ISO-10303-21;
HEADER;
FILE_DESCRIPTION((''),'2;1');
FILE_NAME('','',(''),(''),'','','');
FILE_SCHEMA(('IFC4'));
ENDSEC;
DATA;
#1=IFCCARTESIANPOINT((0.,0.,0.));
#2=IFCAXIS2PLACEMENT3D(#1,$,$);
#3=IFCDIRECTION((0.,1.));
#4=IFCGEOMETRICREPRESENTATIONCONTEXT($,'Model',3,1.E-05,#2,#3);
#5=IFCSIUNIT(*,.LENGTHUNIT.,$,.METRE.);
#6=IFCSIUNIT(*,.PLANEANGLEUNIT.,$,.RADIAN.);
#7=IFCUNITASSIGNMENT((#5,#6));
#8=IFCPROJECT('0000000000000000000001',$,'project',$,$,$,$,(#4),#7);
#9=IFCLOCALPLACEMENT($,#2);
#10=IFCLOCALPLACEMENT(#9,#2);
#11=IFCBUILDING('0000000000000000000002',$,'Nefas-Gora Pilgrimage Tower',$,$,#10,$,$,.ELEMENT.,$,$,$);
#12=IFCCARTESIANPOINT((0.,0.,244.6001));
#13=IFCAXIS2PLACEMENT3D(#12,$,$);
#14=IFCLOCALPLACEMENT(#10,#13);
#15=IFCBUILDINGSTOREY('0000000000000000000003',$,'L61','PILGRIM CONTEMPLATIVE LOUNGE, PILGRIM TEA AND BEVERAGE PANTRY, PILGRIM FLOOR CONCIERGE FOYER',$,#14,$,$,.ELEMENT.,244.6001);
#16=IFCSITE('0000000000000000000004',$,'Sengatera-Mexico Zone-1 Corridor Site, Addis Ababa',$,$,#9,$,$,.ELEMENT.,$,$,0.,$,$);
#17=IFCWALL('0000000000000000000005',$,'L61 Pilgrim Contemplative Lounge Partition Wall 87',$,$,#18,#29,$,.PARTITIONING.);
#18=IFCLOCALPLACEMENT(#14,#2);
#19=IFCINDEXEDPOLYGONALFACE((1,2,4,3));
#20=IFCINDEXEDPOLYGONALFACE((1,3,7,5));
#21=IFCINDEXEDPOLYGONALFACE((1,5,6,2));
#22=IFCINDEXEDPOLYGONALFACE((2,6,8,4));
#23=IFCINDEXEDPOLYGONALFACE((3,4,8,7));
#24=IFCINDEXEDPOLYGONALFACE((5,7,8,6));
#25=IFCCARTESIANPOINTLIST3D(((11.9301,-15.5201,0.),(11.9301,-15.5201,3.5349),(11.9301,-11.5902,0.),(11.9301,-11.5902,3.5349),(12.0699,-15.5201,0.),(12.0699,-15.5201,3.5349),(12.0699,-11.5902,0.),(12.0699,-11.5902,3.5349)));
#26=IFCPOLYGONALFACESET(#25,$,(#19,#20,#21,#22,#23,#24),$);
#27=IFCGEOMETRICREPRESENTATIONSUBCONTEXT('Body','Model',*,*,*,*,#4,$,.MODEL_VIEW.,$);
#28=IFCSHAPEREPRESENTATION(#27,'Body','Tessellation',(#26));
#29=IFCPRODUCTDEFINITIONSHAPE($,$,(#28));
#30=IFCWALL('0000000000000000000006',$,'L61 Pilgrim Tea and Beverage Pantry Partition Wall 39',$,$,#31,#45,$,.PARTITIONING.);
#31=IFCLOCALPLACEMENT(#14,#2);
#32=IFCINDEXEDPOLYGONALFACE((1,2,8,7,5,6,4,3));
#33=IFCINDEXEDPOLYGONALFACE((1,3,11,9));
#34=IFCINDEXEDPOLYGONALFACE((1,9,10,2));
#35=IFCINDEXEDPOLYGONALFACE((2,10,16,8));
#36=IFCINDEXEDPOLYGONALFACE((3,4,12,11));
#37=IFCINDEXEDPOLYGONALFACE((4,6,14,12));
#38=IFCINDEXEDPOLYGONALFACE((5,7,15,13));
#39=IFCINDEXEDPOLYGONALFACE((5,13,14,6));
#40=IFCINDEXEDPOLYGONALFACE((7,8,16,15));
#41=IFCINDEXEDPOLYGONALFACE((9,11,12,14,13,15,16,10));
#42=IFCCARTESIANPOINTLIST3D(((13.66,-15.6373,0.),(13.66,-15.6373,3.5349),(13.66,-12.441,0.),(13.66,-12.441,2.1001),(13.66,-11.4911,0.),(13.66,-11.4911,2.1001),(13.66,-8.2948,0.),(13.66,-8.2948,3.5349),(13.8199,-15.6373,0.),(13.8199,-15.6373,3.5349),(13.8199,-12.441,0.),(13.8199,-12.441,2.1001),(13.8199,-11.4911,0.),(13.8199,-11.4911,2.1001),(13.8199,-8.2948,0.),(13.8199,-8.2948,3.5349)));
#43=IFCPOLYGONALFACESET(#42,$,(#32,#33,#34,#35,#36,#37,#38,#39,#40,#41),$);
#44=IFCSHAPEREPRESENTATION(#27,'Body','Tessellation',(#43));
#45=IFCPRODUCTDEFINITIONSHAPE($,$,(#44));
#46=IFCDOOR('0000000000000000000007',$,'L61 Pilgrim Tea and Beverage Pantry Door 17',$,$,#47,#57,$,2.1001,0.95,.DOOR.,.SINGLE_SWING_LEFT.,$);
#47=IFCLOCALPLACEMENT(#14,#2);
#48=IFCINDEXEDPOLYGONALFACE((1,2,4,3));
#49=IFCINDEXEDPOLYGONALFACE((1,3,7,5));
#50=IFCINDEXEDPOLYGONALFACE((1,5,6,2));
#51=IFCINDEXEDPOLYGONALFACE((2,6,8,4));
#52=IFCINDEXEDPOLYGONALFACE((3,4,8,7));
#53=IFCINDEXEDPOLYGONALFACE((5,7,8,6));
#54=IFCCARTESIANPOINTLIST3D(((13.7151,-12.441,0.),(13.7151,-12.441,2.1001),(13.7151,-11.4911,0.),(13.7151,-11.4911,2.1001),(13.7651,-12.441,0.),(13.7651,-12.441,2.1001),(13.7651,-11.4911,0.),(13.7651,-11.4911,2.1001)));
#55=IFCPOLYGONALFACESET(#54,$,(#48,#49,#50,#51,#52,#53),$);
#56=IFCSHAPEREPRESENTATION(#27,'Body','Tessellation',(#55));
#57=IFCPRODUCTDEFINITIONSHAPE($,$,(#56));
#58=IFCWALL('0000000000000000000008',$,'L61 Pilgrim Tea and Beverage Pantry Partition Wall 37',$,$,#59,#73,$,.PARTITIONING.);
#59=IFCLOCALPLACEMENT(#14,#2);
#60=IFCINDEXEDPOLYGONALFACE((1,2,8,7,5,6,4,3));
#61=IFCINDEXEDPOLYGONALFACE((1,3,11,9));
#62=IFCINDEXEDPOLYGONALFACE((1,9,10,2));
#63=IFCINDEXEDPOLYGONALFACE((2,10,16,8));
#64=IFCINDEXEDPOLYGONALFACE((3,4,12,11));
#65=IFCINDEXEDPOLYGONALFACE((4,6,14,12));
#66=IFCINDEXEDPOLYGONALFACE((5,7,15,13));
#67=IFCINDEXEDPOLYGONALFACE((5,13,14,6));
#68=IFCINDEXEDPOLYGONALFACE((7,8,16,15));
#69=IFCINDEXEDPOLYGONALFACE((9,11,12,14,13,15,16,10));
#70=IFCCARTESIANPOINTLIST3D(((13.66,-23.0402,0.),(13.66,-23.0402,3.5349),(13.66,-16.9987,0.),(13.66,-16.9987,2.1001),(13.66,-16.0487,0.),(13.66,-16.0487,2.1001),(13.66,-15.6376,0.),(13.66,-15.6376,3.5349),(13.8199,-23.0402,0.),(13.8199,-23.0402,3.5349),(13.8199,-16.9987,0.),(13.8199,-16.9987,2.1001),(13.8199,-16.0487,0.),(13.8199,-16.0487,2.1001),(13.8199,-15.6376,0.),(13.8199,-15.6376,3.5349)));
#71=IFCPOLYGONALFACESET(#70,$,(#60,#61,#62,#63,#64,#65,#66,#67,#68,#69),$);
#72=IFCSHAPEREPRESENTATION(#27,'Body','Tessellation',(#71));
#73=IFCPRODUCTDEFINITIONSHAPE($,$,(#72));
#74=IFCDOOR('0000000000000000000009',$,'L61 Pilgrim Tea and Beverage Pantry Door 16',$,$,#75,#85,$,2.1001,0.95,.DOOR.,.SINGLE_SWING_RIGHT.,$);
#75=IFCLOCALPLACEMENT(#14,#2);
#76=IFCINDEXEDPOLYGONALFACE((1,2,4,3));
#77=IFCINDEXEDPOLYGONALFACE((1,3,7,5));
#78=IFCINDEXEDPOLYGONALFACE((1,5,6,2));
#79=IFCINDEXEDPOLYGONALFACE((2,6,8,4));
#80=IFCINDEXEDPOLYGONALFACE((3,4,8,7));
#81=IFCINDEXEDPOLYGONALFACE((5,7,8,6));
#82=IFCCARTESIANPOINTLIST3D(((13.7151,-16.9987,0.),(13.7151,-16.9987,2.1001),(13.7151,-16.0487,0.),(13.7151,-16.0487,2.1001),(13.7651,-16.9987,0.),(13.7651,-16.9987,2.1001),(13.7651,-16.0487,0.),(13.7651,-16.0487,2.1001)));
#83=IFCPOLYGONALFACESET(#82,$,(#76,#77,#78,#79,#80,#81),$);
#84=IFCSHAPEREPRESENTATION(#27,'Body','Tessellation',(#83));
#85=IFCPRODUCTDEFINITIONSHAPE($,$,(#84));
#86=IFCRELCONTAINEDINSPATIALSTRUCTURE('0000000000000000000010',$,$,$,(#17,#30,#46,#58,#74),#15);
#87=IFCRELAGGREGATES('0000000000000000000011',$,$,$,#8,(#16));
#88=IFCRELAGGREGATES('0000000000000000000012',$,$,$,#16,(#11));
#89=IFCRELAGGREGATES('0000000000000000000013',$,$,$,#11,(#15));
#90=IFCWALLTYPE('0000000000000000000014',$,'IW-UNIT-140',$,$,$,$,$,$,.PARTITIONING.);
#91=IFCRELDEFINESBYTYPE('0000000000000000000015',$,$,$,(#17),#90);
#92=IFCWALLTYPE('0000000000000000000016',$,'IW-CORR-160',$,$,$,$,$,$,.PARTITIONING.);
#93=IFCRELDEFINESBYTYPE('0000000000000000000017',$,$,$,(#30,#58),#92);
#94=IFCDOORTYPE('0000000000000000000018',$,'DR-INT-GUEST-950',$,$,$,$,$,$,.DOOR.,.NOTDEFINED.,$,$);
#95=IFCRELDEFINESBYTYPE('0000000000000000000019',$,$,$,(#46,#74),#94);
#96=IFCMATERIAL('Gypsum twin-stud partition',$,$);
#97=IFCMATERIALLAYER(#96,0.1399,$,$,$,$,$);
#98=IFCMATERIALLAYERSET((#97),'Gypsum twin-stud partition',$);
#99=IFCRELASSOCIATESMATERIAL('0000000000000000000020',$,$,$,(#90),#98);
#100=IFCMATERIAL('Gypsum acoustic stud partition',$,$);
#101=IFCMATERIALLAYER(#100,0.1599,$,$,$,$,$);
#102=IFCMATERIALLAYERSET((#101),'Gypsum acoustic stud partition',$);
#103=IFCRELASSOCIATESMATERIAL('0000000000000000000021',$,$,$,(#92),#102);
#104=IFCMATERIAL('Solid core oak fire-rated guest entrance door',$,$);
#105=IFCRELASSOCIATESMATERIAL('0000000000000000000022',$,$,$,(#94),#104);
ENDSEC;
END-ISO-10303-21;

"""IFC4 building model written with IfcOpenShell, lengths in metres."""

from ifc_helpers import new_model, si_unit, direction, frame, frame_2d, origin, place, context, subcontext, project, spatial, rectangle, extrude, source, transform, mapped, material, layer, layer_set, type_object, element, fill, save


model = new_model("IFC4")

# Units and contexts
model_context = context("Model", 3, precision=1e-05, world=origin(), true_north=direction((0.0, 1.0)))
body_context = subcontext(model_context, "Body", "Model", "MODEL_VIEW")
ifc_project = project(units=[si_unit("LENGTHUNIT", "METRE"), si_unit("PLANEANGLEUNIT", "RADIAN")], contexts=[model_context])

# Site, building, storey
site_placement = place(None, origin())
site = spatial("IfcSite", under=ifc_project, at=site_placement, Name="Sengatera-Mexico Zone-1 Corridor Site, Addis Ababa", CompositionType="ELEMENT", RefElevation=0.0)
building_placement = place(site_placement, origin())
building = spatial("IfcBuilding", under=site, at=building_placement, Name="Nefas-Gora Pilgrimage Tower", CompositionType="ELEMENT")
storey_placement = place(building_placement, frame((0.0, 0.0, 244.6001)))
storey = spatial("IfcBuildingStorey", under=building, at=storey_placement, Name="L61", Description="PILGRIM CONTEMPLATIVE LOUNGE, PILGRIM TEA AND BEVERAGE PANTRY, PILGRIM FLOOR CONCIERGE FOYER", CompositionType="ELEMENT", Elevation=244.6001)

# Wall
ifc_material_1 = material(Name="Gypsum twin-stud partition")
ifc_layer_1 = layer(ifc_material_1, 0.1399)
ifc_layer_set_1 = layer_set([ifc_layer_1], Name="Gypsum twin-stud partition")
wall_type_1 = type_object("IfcWallType", Name="IW-UNIT-140", PredefinedType="PARTITIONING", material=ifc_layer_set_1)
shared_shape_1 = source(origin(), body_context, "Body", "SweptSolid", [
    extrude(rectangle(XDim=3.9299, YDim=0.1399, at=frame_2d((1.9648, 0.0))), origin(), (0.0, 0.0, 1.0), 3.5349),
])
wall_1_placement = place(storey_placement, frame((12.0, -15.52, 0.0), z_axis=(0.0, 0.0, 1.0), x_axis=(0.0, 1.0, 0.0)))
element("IfcWall", 1, at=wall_1_placement, inside=storey, type_object=wall_type_1, Name="L61 Pilgrim Contemplative Lounge Partition Wall 87", PredefinedType="PARTITIONING", context=body_context, shape_type="MappedRepresentation", body=[
    mapped(shared_shape_1, transform((0.0, 0.0, 0.0), x_axis=(1.0, 0.0, 0.0), y_axis=(0.0, 1.0, 0.0), z_axis=(0.0, 0.0, 1.0), scale=1.0)),
])

# Walls, openings, doors
ifc_material_2 = material(Name="Gypsum acoustic stud partition")
ifc_layer_2 = layer(ifc_material_2, 0.1599)
ifc_layer_set_2 = layer_set([ifc_layer_2], Name="Gypsum acoustic stud partition")
wall_type_2 = type_object("IfcWallType", Name="IW-CORR-160", PredefinedType="PARTITIONING", material=ifc_layer_set_2)
shared_shape_2 = source(origin(), body_context, "Body", "SweptSolid", [
    extrude(rectangle(XDim=7.3425, YDim=0.1599, at=frame_2d((3.6714, 0.0))), origin(), (0.0, 0.0, 1.0), 3.5349),
])
wall_2_placement = place(storey_placement, frame((13.74, -15.6375, 0.0), z_axis=(0.0, 0.0, 1.0), x_axis=(0.0, 1.0, 0.0)))
wall_2 = element("IfcWall", 2, at=wall_2_placement, inside=storey, type_object=wall_type_2, Name="L61 Pilgrim Tea and Beverage Pantry Partition Wall 39", PredefinedType="PARTITIONING", context=body_context, shape_type="MappedRepresentation", body=[
    mapped(shared_shape_2, transform((0.0, 0.0, 0.0), x_axis=(1.0, 0.0, 0.0), y_axis=(0.0, 1.0, 0.0), z_axis=(0.0, 0.0, 1.0), scale=1.0)),
])
opening_1_placement = place(wall_2_placement, frame((3.1963, 0.0, 0.0)))
opening_1 = element("IfcOpeningElement", 3, at=opening_1_placement, cuts=wall_2, PredefinedType="OPENING", context=body_context, shape_type="SweptSolid", body=[
    extrude(rectangle(XDim=0.95, YDim=2.1001, at=frame_2d((0.4751, 1.05))), frame((0.0, 0.0898, 0.0), z_axis=(0.0, -1.0, 0.0), x_axis=(1.0, 0.0, 0.0)), (0.0, 0.0, 1.0), 0.1799),
])
ifc_material_3 = material(Name="Solid core oak fire-rated guest entrance door")
door_type = type_object("IfcDoorType", Name="DR-INT-GUEST-950", OperationType="NOTDEFINED", PredefinedType="DOOR", material=ifc_material_3)
shared_shape_3 = source(origin(), body_context, "Body", "SweptSolid", [
    extrude(rectangle(XDim=0.95, YDim=2.1001, at=frame_2d((0.4751, 1.05))), frame((0.0, 0.0249, 0.0), z_axis=(0.0, -1.0, 0.0), x_axis=(1.0, 0.0, 0.0)), (0.0, 0.0, 1.0), 0.05),
])
door_1_placement = place(opening_1_placement, origin())
door_1 = element("IfcDoor", 4, at=door_1_placement, inside=storey, type_object=door_type, Name="L61 Pilgrim Tea and Beverage Pantry Door 17", OperationType="SINGLE_SWING_LEFT", OverallHeight=2.1001, OverallWidth=0.95, PredefinedType="DOOR", context=body_context, shape_type="MappedRepresentation", body=[
    mapped(shared_shape_3, transform((0.0, 0.0, 0.0), x_axis=(1.0, 0.0, 0.0), y_axis=(0.0, 1.0, 0.0), z_axis=(0.0, 0.0, 1.0), scale=1.0)),
])
fill(opening_1, door_1)
shared_shape_4 = source(origin(), body_context, "Body", "SweptSolid", [
    extrude(rectangle(XDim=7.4026, YDim=0.1599, at=frame_2d((3.7012, 0.0))), origin(), (0.0, 0.0, 1.0), 3.5349),
])
wall_3_placement = place(storey_placement, frame((13.74, -23.04, 0.0), z_axis=(0.0, 0.0, 1.0), x_axis=(0.0, 1.0, 0.0)))
wall_3 = element("IfcWall", 5, at=wall_3_placement, inside=storey, type_object=wall_type_2, Name="L61 Pilgrim Tea and Beverage Pantry Partition Wall 37", PredefinedType="PARTITIONING", context=body_context, shape_type="MappedRepresentation", body=[
    mapped(shared_shape_4, transform((0.0, 0.0, 0.0), x_axis=(1.0, 0.0, 0.0), y_axis=(0.0, 1.0, 0.0), z_axis=(0.0, 0.0, 1.0), scale=1.0)),
])
opening_2_placement = place(wall_3_placement, frame((6.0413, 0.0, 0.0)))
opening_2 = element("IfcOpeningElement", 6, at=opening_2_placement, cuts=wall_3, PredefinedType="OPENING", context=body_context, shape_type="SweptSolid", body=[
    extrude(rectangle(XDim=0.95, YDim=2.1001, at=frame_2d((0.4751, 1.05))), frame((0.0, 0.0898, 0.0), z_axis=(0.0, -1.0, 0.0), x_axis=(1.0, 0.0, 0.0)), (0.0, 0.0, 1.0), 0.1799),
])
door_2_placement = place(opening_2_placement, origin())
door_2 = element("IfcDoor", 7, at=door_2_placement, inside=storey, type_object=door_type, Name="L61 Pilgrim Tea and Beverage Pantry Door 16", OperationType="SINGLE_SWING_RIGHT", OverallHeight=2.1001, OverallWidth=0.95, PredefinedType="DOOR", context=body_context, shape_type="MappedRepresentation", body=[
    mapped(shared_shape_3, transform((0.0, 0.0, 0.0), x_axis=(1.0, 0.0, 0.0), y_axis=(0.0, 1.0, 0.0), z_axis=(0.0, 0.0, 1.0), scale=1.0)),
])
fill(opening_2, door_2)

save(model, "model.ifc")
